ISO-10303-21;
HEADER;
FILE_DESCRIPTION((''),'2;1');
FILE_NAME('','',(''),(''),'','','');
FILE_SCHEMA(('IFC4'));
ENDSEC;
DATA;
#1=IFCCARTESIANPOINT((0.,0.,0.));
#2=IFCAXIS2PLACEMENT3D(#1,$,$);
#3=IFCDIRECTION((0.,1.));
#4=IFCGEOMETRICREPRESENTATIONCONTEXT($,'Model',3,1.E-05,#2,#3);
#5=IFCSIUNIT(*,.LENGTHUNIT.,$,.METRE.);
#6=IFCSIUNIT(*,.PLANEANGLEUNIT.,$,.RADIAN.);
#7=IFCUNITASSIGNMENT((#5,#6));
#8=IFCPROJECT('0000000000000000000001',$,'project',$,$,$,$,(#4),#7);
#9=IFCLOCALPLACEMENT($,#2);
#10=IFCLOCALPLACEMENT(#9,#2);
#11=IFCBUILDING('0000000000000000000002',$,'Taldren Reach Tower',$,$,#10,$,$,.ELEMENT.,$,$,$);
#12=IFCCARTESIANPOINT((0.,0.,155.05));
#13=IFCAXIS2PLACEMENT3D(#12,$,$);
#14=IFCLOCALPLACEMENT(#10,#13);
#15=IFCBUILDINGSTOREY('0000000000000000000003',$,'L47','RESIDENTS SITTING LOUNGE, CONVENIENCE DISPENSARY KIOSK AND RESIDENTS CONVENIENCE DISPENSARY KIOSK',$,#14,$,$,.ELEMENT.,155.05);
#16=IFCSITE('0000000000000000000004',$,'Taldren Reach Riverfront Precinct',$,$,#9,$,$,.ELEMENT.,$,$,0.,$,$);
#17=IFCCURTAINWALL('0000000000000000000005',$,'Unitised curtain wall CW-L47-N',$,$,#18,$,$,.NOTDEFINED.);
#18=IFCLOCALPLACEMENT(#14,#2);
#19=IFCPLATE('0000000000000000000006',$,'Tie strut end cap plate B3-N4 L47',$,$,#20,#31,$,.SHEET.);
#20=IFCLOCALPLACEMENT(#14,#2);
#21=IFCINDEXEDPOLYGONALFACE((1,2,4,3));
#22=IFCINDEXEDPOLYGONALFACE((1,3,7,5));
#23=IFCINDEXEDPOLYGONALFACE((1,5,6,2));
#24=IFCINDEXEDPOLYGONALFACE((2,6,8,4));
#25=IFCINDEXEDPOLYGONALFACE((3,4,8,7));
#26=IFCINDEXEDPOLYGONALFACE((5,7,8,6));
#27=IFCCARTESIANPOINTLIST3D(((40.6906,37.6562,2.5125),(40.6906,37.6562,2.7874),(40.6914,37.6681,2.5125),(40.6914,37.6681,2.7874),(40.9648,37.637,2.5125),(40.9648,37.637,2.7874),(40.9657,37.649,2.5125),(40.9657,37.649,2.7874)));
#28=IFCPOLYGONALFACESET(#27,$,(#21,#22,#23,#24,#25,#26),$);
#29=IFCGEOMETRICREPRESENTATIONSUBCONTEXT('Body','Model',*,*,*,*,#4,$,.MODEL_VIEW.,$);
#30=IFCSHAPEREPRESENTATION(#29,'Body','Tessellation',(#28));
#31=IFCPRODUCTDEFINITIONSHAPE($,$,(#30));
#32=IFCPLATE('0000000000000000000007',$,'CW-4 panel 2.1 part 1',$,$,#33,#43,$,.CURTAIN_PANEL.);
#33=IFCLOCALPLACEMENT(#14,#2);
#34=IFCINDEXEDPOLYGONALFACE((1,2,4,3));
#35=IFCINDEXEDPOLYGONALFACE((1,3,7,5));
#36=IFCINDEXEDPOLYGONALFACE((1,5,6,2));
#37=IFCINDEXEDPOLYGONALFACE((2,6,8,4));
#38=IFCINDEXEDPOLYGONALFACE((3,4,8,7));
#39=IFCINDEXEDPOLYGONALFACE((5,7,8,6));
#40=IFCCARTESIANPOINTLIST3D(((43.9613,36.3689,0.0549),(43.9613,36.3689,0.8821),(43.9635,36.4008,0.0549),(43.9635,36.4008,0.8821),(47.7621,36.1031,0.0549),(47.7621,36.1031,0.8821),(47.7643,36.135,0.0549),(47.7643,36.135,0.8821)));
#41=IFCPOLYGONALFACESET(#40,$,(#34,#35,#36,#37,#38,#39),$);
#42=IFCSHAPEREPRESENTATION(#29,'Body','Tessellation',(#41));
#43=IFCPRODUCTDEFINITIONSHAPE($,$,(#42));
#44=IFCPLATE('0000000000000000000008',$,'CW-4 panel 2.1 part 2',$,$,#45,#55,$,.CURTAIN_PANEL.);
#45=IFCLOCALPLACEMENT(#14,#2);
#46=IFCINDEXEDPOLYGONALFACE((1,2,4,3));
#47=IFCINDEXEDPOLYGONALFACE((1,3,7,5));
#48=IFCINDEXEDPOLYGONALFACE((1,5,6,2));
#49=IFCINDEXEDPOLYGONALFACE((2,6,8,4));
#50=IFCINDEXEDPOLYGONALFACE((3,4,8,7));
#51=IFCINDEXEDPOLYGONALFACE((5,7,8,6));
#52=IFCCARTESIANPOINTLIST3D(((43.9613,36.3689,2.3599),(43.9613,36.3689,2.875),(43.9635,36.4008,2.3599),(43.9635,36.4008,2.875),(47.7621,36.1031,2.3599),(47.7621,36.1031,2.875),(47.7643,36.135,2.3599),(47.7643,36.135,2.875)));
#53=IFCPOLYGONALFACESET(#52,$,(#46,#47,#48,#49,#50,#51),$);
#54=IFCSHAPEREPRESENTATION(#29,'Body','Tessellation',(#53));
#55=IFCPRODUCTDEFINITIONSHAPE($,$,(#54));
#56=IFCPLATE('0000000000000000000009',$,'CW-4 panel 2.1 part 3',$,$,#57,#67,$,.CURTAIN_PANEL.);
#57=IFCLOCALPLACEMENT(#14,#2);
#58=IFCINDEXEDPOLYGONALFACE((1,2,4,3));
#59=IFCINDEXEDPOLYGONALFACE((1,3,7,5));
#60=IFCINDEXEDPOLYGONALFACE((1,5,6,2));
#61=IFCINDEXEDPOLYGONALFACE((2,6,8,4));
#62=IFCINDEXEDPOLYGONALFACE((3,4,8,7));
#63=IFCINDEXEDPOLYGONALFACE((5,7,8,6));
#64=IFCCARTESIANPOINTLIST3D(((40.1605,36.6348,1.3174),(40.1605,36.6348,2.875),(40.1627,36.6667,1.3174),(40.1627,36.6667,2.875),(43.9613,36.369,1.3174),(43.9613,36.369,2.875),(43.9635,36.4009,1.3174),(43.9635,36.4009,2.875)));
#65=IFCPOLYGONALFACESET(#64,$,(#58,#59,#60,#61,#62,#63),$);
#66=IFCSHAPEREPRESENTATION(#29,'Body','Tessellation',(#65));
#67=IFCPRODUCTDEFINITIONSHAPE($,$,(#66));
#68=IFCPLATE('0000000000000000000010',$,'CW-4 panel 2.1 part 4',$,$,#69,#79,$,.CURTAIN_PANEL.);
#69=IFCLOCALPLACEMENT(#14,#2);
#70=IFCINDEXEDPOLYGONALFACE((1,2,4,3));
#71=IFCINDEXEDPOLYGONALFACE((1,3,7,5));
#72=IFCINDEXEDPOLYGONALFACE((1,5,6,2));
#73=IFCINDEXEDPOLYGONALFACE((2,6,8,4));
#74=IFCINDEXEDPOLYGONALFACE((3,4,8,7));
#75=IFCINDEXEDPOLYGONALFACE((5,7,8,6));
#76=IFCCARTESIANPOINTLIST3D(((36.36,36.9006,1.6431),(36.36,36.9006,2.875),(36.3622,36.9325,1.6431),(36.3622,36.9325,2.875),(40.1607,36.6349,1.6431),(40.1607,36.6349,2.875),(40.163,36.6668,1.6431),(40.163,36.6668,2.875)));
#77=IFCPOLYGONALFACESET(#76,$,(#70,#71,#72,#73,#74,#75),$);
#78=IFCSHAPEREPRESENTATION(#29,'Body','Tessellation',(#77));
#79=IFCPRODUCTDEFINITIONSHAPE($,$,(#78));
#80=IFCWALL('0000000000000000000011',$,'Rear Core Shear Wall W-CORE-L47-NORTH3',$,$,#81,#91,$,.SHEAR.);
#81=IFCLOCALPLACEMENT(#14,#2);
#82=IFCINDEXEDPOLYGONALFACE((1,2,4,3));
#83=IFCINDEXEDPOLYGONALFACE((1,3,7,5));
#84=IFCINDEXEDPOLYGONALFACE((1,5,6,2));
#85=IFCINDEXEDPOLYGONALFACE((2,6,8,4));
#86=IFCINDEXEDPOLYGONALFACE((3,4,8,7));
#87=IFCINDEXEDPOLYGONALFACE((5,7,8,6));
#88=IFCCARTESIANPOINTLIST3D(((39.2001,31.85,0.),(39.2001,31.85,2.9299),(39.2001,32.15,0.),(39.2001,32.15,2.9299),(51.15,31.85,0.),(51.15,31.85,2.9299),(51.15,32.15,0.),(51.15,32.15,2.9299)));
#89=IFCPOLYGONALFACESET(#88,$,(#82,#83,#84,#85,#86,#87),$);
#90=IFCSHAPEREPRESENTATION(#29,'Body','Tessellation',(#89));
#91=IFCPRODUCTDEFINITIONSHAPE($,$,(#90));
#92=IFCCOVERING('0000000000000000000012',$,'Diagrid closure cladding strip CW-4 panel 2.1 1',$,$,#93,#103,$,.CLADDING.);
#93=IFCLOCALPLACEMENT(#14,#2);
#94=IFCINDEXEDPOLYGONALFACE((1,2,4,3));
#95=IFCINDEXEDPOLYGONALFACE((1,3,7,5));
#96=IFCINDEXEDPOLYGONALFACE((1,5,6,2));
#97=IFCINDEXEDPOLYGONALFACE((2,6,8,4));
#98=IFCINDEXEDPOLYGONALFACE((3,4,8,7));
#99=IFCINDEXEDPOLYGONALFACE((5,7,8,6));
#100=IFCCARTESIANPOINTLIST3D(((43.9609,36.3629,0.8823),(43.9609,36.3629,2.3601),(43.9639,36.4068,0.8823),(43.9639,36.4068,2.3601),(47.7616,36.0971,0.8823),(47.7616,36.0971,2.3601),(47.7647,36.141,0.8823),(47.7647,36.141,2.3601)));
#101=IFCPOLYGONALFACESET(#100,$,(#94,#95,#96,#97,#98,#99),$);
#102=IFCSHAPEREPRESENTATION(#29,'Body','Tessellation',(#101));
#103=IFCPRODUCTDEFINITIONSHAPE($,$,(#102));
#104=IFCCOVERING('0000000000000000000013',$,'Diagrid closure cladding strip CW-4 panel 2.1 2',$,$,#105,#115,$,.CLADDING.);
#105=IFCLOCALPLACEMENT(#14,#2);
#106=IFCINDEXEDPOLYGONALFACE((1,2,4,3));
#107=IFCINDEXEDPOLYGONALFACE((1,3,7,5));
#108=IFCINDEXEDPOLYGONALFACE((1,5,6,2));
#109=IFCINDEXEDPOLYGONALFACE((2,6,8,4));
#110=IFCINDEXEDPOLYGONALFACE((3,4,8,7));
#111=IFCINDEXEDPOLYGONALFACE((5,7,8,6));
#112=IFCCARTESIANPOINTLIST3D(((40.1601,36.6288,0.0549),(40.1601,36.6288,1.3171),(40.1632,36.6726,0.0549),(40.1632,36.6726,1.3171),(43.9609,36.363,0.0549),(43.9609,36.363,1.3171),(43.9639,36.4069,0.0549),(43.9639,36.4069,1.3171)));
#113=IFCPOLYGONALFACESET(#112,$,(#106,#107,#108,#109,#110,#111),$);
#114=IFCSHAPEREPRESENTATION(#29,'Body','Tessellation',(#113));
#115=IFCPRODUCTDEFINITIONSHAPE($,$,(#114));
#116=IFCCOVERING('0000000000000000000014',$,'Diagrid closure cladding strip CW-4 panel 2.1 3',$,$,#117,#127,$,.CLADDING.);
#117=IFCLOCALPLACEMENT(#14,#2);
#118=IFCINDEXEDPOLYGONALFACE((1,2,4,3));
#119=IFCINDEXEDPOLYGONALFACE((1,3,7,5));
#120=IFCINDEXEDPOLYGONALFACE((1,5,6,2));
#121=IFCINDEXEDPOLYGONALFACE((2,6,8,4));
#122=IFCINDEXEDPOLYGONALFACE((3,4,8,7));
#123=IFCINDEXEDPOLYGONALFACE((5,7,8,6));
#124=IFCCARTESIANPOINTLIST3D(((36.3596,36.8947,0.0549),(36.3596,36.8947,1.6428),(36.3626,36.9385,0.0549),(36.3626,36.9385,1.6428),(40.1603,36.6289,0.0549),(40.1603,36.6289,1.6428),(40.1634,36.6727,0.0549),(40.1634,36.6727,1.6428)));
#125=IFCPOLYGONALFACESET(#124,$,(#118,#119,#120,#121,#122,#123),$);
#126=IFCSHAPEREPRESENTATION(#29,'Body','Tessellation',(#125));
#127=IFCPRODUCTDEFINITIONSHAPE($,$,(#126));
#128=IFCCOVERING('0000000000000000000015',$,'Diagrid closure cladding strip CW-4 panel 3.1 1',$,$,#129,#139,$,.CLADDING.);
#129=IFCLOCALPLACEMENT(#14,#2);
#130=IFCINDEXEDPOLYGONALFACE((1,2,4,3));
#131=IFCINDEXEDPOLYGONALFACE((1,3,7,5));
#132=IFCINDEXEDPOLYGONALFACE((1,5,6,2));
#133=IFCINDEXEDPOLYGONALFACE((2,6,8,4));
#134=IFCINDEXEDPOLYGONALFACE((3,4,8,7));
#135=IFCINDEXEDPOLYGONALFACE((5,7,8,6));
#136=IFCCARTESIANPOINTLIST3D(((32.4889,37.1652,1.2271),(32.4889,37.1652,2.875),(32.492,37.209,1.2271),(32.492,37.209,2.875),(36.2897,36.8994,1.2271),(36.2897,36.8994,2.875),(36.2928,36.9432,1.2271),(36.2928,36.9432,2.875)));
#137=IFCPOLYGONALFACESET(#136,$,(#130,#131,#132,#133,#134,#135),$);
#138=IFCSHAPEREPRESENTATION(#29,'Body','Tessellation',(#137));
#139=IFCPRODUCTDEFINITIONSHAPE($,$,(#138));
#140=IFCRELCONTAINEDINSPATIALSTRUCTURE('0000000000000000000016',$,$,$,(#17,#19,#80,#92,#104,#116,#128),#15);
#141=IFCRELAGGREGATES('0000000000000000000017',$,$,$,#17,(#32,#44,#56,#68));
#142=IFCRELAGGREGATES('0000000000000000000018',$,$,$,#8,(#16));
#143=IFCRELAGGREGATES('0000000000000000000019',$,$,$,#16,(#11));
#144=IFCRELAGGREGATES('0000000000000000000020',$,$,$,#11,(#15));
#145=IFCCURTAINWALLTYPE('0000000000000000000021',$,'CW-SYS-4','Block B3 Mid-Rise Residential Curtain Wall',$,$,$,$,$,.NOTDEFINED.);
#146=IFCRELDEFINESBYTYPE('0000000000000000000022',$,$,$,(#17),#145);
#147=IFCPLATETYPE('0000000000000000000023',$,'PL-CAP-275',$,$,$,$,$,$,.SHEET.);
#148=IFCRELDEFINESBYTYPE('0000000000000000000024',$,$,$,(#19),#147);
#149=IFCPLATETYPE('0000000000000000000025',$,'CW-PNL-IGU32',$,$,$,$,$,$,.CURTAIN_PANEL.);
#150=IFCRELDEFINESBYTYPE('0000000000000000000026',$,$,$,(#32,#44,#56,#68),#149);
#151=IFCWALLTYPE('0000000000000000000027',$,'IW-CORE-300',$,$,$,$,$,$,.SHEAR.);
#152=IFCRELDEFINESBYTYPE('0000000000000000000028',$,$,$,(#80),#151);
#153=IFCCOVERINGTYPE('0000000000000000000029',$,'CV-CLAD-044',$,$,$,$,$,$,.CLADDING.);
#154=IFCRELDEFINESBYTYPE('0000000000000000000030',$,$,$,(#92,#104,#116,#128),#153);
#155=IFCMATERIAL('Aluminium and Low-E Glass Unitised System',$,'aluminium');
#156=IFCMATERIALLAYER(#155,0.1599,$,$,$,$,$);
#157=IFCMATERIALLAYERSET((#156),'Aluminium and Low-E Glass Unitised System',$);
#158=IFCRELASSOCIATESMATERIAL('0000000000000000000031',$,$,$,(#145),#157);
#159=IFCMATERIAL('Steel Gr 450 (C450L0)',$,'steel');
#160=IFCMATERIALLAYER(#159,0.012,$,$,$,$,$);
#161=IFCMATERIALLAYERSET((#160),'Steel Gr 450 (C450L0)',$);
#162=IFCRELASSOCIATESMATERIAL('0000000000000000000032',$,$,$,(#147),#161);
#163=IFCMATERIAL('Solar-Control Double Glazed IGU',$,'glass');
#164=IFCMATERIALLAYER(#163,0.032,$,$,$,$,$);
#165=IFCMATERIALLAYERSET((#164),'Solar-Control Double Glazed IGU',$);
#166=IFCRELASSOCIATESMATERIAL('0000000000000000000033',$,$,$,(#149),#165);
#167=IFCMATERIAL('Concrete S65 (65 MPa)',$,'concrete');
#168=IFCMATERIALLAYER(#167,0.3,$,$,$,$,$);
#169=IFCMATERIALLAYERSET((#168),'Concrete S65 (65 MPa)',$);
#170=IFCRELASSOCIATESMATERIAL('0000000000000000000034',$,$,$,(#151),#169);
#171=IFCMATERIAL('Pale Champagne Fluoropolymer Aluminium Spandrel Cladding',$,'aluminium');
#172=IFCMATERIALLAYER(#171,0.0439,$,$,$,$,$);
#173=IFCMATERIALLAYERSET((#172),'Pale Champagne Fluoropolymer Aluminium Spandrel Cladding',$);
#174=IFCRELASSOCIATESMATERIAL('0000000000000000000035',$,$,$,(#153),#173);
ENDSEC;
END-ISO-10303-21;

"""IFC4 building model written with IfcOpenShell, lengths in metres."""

from ifc_helpers import new_model, si_unit, direction, frame, frame_2d, origin, origin_2d, place, context, subcontext, project, spatial, rectangle, extrude, source, transform, mapped, material, layer, layer_set, type_object, element, aggregate, save


model = new_model("IFC4")

# Units and contexts
model_context = context("Model", 3, precision=1e-05, world=origin(), true_north=direction((0.0, 1.0)))
body_context = subcontext(model_context, "Body", "Model", "MODEL_VIEW")
ifc_project = project(units=[si_unit("LENGTHUNIT", "METRE"), si_unit("PLANEANGLEUNIT", "RADIAN")], contexts=[model_context])

# Site, building, storey
site_placement = place(None, origin())
site = spatial("IfcSite", under=ifc_project, at=site_placement, Name="Taldren Reach Riverfront Precinct", CompositionType="ELEMENT", RefElevation=0.0)
building_placement = place(site_placement, origin())
building = spatial("IfcBuilding", under=site, at=building_placement, Name="Taldren Reach Tower", CompositionType="ELEMENT")
storey_placement = place(building_placement, frame((0.0, 0.0, 155.05)))
storey = spatial("IfcBuildingStorey", under=building, at=storey_placement, Name="L47", Description="RESIDENTS SITTING LOUNGE, CONVENIENCE DISPENSARY KIOSK AND RESIDENTS CONVENIENCE DISPENSARY KIOSK", CompositionType="ELEMENT", Elevation=155.05)

# Shared definitions
ifc_material_1 = material(Name="Steel Gr 450 (C450L0)", Category="steel")

# Curtain wall
ifc_material_2 = material(Name="Aluminium and Low-E Glass Unitised System", Category="aluminium")
ifc_layer_1 = layer(ifc_material_2, 0.1599)
ifc_layer_set_1 = layer_set([ifc_layer_1], Name="Aluminium and Low-E Glass Unitised System")
curtain_wall_type = type_object("IfcCurtainWallType", Name="CW-SYS-4", Description="Block B3 Mid-Rise Residential Curtain Wall", PredefinedType="NOTDEFINED", material=ifc_layer_set_1)
curtain_wall_placement = place(storey_placement, origin())
curtain_wall = element("IfcCurtainWall", 1, at=curtain_wall_placement, inside=storey, type_object=curtain_wall_type, Name="Unitised curtain wall CW-L47-N", PredefinedType="NOTDEFINED")

# Plates
ifc_layer_2 = layer(ifc_material_1, 0.012)
ifc_layer_set_2 = layer_set([ifc_layer_2], Name="Steel Gr 450 (C450L0)")
plate_type_1 = type_object("IfcPlateType", Name="PL-CAP-275", PredefinedType="SHEET", material=ifc_layer_set_2)
shared_shape_1 = source(origin(), body_context, "Body", "SweptSolid", [
    extrude(rectangle(XDim=0.2749, YDim=0.012, at=origin_2d()), origin(), (0.0, 0.0, 1.0), 0.2749),
])
plate_1_placement = place(storey_placement, frame((40.8281, 37.6526, 2.5125), z_axis=(0.0, 0.0, 1.0), x_axis=(0.997564, -0.069756, 0.0)))
element("IfcPlate", 2, at=plate_1_placement, inside=storey, type_object=plate_type_1, Name="Tie strut end cap plate B3-N4 L47", PredefinedType="SHEET", context=body_context, shape_type="MappedRepresentation", body=[
    mapped(shared_shape_1, transform((0.0, 0.0, 0.0), scale=1.0)),
])
ifc_material_3 = material(Name="Solar-Control Double Glazed IGU", Category="glass")
ifc_layer_3 = layer(ifc_material_3, 0.032)
ifc_layer_set_3 = layer_set([ifc_layer_3], Name="Solar-Control Double Glazed IGU")
plate_type_2 = type_object("IfcPlateType", Name="CW-PNL-IGU32", PredefinedType="CURTAIN_PANEL", material=ifc_layer_set_3)
shared_shape_2 = source(origin(), body_context, "Body", "SweptSolid", [
    extrude(rectangle(XDim=3.8101, YDim=0.032, at=origin_2d()), origin(), (0.0, 0.0, 1.0), 0.8271),
])
plate_2_placement = place(storey_placement, frame((45.8628, 36.252, 0.0549), z_axis=(0.0, 0.0, 1.0), x_axis=(-0.997564, 0.069757, 0.0)))
plate_2 = element("IfcPlate", 3, at=plate_2_placement, type_object=plate_type_2, Name="CW-4 panel 2.1 part 1", PredefinedType="CURTAIN_PANEL", context=body_context, shape_type="MappedRepresentation", body=[
    mapped(shared_shape_2, transform((0.0, 0.0, 0.0), scale=1.0)),
])
shared_shape_3 = source(origin(), body_context, "Body", "SweptSolid", [
    extrude(rectangle(XDim=3.8101, YDim=0.032, at=origin_2d()), origin(), (0.0, 0.0, 1.0), 0.5151),
])
plate_3_placement = place(storey_placement, frame((45.8628, 36.252, 2.3599), z_axis=(0.0, 0.0, 1.0), x_axis=(-0.997564, 0.069757, 0.0)))
plate_3 = element("IfcPlate", 4, at=plate_3_placement, type_object=plate_type_2, Name="CW-4 panel 2.1 part 2", PredefinedType="CURTAIN_PANEL", context=body_context, shape_type="MappedRepresentation", body=[
    mapped(shared_shape_3, transform((0.0, 0.0, 0.0), scale=1.0)),
])
shared_shape_4 = source(origin(), body_context, "Body", "SweptSolid", [
    extrude(rectangle(XDim=3.8101, YDim=0.032, at=origin_2d()), origin(), (0.0, 0.0, 1.0), 1.5576),
])
plate_4_placement = place(storey_placement, frame((42.062, 36.5178, 1.3174), z_axis=(0.0, 0.0, 1.0), x_axis=(-0.997564, 0.069757, 0.0)))
plate_4 = element("IfcPlate", 5, at=plate_4_placement, type_object=plate_type_2, Name="CW-4 panel 2.1 part 3", PredefinedType="CURTAIN_PANEL", context=body_context, shape_type="MappedRepresentation", body=[
    mapped(shared_shape_4, transform((0.0, 0.0, 0.0), scale=1.0)),
])
shared_shape_5 = source(origin(), body_context, "Body", "SweptSolid", [
    extrude(rectangle(XDim=3.8101, YDim=0.032, at=origin_2d()), origin(), (0.0, 0.0, 1.0), 1.2319),
])
plate_5_placement = place(storey_placement, frame((38.2615, 36.7837, 1.6431), z_axis=(0.0, 0.0, 1.0), x_axis=(-0.997564, 0.069757, 0.0)))
plate_5 = element("IfcPlate", 6, at=plate_5_placement, type_object=plate_type_2, Name="CW-4 panel 2.1 part 4", PredefinedType="CURTAIN_PANEL", context=body_context, shape_type="MappedRepresentation", body=[
    mapped(shared_shape_5, transform((0.0, 0.0, 0.0), scale=1.0)),
])
aggregate(curtain_wall, [plate_2, plate_3, plate_4, plate_5])

# Wall
ifc_material_4 = material(Name="Concrete S65 (65 MPa)", Category="concrete")
ifc_layer_4 = layer(ifc_material_4, 0.3)
ifc_layer_set_4 = layer_set([ifc_layer_4], Name="Concrete S65 (65 MPa)")
wall_type = type_object("IfcWallType", Name="IW-CORE-300", PredefinedType="SHEAR", material=ifc_layer_set_4)
shared_shape_6 = source(origin(), body_context, "Body", "SweptSolid", [
    extrude(rectangle(XDim=11.95, YDim=0.3, at=frame_2d((5.9751, 0.0))), origin(), (0.0, 0.0, 1.0), 2.9299),
])
wall_placement = place(storey_placement, frame((39.2, 32.0, 0.0), z_axis=(0.0, 0.0, 1.0), x_axis=(1.0, 0.0, 0.0)))
element("IfcWall", 7, at=wall_placement, inside=storey, type_object=wall_type, Name="Rear Core Shear Wall W-CORE-L47-NORTH3", PredefinedType="SHEAR", context=body_context, shape_type="MappedRepresentation", body=[
    mapped(shared_shape_6, transform((0.0, 0.0, 0.0), scale=1.0)),
])

# Coverings
ifc_material_5 = material(Name="Pale Champagne Fluoropolymer Aluminium Spandrel Cladding", Category="aluminium")
ifc_layer_5 = layer(ifc_material_5, 0.0439)
ifc_layer_set_5 = layer_set([ifc_layer_5], Name="Pale Champagne Fluoropolymer Aluminium Spandrel Cladding")
covering_type = type_object("IfcCoveringType", Name="CV-CLAD-044", PredefinedType="CLADDING", material=ifc_layer_set_5)
shared_shape_7 = source(origin(), body_context, "Body", "SweptSolid", [
    extrude(rectangle(XDim=3.8101, YDim=0.0439, at=origin_2d()), origin(), (0.0, 0.0, 1.0), 1.4778),
])
covering_1_placement = place(storey_placement, frame((45.8628, 36.252, 0.8823), z_axis=(0.0, 0.0, 1.0), x_axis=(-0.997564, 0.069757, 0.0)))
element("IfcCovering", 8, at=covering_1_placement, inside=storey, type_object=covering_type, Name="Diagrid closure cladding strip CW-4 panel 2.1 1", PredefinedType="CLADDING", context=body_context, shape_type="MappedRepresentation", body=[
    mapped(shared_shape_7, transform((0.0, 0.0, 0.0), scale=1.0)),
])
shared_shape_8 = source(origin(), body_context, "Body", "SweptSolid", [
    extrude(rectangle(XDim=3.8101, YDim=0.0439, at=origin_2d()), origin(), (0.0, 0.0, 1.0), 1.2622),
])
covering_2_placement = place(storey_placement, frame((42.062, 36.5178, 0.0549), z_axis=(0.0, 0.0, 1.0), x_axis=(-0.997564, 0.069757, 0.0)))
element("IfcCovering", 9, at=covering_2_placement, inside=storey, type_object=covering_type, Name="Diagrid closure cladding strip CW-4 panel 2.1 2", PredefinedType="CLADDING", context=body_context, shape_type="MappedRepresentation", body=[
    mapped(shared_shape_8, transform((0.0, 0.0, 0.0), scale=1.0)),
])
shared_shape_9 = source(origin(), body_context, "Body", "SweptSolid", [
    extrude(rectangle(XDim=3.8101, YDim=0.0439, at=origin_2d()), origin(), (0.0, 0.0, 1.0), 1.5879),
])
covering_3_placement = place(storey_placement, frame((38.2615, 36.7837, 0.0549), z_axis=(0.0, 0.0, 1.0), x_axis=(-0.997564, 0.069757, 0.0)))
element("IfcCovering", 10, at=covering_3_placement, inside=storey, type_object=covering_type, Name="Diagrid closure cladding strip CW-4 panel 2.1 3", PredefinedType="CLADDING", context=body_context, shape_type="MappedRepresentation", body=[
    mapped(shared_shape_9, transform((0.0, 0.0, 0.0), scale=1.0)),
])
shared_shape_10 = source(origin(), body_context, "Body", "SweptSolid", [
    extrude(rectangle(XDim=3.8101, YDim=0.0439, at=origin_2d()), origin(), (0.0, 0.0, 1.0), 1.6479),
])
covering_4_placement = place(storey_placement, frame((34.3909, 37.0542, 1.2271), z_axis=(0.0, 0.0, 1.0), x_axis=(-0.997564, 0.069757, 0.0)))
element("IfcCovering", 11, at=covering_4_placement, inside=storey, type_object=covering_type, Name="Diagrid closure cladding strip CW-4 panel 3.1 1", PredefinedType="CLADDING", context=body_context, shape_type="MappedRepresentation", body=[
    mapped(shared_shape_10, transform((0.0, 0.0, 0.0), scale=1.0)),
])

save(model, "model.ifc")
